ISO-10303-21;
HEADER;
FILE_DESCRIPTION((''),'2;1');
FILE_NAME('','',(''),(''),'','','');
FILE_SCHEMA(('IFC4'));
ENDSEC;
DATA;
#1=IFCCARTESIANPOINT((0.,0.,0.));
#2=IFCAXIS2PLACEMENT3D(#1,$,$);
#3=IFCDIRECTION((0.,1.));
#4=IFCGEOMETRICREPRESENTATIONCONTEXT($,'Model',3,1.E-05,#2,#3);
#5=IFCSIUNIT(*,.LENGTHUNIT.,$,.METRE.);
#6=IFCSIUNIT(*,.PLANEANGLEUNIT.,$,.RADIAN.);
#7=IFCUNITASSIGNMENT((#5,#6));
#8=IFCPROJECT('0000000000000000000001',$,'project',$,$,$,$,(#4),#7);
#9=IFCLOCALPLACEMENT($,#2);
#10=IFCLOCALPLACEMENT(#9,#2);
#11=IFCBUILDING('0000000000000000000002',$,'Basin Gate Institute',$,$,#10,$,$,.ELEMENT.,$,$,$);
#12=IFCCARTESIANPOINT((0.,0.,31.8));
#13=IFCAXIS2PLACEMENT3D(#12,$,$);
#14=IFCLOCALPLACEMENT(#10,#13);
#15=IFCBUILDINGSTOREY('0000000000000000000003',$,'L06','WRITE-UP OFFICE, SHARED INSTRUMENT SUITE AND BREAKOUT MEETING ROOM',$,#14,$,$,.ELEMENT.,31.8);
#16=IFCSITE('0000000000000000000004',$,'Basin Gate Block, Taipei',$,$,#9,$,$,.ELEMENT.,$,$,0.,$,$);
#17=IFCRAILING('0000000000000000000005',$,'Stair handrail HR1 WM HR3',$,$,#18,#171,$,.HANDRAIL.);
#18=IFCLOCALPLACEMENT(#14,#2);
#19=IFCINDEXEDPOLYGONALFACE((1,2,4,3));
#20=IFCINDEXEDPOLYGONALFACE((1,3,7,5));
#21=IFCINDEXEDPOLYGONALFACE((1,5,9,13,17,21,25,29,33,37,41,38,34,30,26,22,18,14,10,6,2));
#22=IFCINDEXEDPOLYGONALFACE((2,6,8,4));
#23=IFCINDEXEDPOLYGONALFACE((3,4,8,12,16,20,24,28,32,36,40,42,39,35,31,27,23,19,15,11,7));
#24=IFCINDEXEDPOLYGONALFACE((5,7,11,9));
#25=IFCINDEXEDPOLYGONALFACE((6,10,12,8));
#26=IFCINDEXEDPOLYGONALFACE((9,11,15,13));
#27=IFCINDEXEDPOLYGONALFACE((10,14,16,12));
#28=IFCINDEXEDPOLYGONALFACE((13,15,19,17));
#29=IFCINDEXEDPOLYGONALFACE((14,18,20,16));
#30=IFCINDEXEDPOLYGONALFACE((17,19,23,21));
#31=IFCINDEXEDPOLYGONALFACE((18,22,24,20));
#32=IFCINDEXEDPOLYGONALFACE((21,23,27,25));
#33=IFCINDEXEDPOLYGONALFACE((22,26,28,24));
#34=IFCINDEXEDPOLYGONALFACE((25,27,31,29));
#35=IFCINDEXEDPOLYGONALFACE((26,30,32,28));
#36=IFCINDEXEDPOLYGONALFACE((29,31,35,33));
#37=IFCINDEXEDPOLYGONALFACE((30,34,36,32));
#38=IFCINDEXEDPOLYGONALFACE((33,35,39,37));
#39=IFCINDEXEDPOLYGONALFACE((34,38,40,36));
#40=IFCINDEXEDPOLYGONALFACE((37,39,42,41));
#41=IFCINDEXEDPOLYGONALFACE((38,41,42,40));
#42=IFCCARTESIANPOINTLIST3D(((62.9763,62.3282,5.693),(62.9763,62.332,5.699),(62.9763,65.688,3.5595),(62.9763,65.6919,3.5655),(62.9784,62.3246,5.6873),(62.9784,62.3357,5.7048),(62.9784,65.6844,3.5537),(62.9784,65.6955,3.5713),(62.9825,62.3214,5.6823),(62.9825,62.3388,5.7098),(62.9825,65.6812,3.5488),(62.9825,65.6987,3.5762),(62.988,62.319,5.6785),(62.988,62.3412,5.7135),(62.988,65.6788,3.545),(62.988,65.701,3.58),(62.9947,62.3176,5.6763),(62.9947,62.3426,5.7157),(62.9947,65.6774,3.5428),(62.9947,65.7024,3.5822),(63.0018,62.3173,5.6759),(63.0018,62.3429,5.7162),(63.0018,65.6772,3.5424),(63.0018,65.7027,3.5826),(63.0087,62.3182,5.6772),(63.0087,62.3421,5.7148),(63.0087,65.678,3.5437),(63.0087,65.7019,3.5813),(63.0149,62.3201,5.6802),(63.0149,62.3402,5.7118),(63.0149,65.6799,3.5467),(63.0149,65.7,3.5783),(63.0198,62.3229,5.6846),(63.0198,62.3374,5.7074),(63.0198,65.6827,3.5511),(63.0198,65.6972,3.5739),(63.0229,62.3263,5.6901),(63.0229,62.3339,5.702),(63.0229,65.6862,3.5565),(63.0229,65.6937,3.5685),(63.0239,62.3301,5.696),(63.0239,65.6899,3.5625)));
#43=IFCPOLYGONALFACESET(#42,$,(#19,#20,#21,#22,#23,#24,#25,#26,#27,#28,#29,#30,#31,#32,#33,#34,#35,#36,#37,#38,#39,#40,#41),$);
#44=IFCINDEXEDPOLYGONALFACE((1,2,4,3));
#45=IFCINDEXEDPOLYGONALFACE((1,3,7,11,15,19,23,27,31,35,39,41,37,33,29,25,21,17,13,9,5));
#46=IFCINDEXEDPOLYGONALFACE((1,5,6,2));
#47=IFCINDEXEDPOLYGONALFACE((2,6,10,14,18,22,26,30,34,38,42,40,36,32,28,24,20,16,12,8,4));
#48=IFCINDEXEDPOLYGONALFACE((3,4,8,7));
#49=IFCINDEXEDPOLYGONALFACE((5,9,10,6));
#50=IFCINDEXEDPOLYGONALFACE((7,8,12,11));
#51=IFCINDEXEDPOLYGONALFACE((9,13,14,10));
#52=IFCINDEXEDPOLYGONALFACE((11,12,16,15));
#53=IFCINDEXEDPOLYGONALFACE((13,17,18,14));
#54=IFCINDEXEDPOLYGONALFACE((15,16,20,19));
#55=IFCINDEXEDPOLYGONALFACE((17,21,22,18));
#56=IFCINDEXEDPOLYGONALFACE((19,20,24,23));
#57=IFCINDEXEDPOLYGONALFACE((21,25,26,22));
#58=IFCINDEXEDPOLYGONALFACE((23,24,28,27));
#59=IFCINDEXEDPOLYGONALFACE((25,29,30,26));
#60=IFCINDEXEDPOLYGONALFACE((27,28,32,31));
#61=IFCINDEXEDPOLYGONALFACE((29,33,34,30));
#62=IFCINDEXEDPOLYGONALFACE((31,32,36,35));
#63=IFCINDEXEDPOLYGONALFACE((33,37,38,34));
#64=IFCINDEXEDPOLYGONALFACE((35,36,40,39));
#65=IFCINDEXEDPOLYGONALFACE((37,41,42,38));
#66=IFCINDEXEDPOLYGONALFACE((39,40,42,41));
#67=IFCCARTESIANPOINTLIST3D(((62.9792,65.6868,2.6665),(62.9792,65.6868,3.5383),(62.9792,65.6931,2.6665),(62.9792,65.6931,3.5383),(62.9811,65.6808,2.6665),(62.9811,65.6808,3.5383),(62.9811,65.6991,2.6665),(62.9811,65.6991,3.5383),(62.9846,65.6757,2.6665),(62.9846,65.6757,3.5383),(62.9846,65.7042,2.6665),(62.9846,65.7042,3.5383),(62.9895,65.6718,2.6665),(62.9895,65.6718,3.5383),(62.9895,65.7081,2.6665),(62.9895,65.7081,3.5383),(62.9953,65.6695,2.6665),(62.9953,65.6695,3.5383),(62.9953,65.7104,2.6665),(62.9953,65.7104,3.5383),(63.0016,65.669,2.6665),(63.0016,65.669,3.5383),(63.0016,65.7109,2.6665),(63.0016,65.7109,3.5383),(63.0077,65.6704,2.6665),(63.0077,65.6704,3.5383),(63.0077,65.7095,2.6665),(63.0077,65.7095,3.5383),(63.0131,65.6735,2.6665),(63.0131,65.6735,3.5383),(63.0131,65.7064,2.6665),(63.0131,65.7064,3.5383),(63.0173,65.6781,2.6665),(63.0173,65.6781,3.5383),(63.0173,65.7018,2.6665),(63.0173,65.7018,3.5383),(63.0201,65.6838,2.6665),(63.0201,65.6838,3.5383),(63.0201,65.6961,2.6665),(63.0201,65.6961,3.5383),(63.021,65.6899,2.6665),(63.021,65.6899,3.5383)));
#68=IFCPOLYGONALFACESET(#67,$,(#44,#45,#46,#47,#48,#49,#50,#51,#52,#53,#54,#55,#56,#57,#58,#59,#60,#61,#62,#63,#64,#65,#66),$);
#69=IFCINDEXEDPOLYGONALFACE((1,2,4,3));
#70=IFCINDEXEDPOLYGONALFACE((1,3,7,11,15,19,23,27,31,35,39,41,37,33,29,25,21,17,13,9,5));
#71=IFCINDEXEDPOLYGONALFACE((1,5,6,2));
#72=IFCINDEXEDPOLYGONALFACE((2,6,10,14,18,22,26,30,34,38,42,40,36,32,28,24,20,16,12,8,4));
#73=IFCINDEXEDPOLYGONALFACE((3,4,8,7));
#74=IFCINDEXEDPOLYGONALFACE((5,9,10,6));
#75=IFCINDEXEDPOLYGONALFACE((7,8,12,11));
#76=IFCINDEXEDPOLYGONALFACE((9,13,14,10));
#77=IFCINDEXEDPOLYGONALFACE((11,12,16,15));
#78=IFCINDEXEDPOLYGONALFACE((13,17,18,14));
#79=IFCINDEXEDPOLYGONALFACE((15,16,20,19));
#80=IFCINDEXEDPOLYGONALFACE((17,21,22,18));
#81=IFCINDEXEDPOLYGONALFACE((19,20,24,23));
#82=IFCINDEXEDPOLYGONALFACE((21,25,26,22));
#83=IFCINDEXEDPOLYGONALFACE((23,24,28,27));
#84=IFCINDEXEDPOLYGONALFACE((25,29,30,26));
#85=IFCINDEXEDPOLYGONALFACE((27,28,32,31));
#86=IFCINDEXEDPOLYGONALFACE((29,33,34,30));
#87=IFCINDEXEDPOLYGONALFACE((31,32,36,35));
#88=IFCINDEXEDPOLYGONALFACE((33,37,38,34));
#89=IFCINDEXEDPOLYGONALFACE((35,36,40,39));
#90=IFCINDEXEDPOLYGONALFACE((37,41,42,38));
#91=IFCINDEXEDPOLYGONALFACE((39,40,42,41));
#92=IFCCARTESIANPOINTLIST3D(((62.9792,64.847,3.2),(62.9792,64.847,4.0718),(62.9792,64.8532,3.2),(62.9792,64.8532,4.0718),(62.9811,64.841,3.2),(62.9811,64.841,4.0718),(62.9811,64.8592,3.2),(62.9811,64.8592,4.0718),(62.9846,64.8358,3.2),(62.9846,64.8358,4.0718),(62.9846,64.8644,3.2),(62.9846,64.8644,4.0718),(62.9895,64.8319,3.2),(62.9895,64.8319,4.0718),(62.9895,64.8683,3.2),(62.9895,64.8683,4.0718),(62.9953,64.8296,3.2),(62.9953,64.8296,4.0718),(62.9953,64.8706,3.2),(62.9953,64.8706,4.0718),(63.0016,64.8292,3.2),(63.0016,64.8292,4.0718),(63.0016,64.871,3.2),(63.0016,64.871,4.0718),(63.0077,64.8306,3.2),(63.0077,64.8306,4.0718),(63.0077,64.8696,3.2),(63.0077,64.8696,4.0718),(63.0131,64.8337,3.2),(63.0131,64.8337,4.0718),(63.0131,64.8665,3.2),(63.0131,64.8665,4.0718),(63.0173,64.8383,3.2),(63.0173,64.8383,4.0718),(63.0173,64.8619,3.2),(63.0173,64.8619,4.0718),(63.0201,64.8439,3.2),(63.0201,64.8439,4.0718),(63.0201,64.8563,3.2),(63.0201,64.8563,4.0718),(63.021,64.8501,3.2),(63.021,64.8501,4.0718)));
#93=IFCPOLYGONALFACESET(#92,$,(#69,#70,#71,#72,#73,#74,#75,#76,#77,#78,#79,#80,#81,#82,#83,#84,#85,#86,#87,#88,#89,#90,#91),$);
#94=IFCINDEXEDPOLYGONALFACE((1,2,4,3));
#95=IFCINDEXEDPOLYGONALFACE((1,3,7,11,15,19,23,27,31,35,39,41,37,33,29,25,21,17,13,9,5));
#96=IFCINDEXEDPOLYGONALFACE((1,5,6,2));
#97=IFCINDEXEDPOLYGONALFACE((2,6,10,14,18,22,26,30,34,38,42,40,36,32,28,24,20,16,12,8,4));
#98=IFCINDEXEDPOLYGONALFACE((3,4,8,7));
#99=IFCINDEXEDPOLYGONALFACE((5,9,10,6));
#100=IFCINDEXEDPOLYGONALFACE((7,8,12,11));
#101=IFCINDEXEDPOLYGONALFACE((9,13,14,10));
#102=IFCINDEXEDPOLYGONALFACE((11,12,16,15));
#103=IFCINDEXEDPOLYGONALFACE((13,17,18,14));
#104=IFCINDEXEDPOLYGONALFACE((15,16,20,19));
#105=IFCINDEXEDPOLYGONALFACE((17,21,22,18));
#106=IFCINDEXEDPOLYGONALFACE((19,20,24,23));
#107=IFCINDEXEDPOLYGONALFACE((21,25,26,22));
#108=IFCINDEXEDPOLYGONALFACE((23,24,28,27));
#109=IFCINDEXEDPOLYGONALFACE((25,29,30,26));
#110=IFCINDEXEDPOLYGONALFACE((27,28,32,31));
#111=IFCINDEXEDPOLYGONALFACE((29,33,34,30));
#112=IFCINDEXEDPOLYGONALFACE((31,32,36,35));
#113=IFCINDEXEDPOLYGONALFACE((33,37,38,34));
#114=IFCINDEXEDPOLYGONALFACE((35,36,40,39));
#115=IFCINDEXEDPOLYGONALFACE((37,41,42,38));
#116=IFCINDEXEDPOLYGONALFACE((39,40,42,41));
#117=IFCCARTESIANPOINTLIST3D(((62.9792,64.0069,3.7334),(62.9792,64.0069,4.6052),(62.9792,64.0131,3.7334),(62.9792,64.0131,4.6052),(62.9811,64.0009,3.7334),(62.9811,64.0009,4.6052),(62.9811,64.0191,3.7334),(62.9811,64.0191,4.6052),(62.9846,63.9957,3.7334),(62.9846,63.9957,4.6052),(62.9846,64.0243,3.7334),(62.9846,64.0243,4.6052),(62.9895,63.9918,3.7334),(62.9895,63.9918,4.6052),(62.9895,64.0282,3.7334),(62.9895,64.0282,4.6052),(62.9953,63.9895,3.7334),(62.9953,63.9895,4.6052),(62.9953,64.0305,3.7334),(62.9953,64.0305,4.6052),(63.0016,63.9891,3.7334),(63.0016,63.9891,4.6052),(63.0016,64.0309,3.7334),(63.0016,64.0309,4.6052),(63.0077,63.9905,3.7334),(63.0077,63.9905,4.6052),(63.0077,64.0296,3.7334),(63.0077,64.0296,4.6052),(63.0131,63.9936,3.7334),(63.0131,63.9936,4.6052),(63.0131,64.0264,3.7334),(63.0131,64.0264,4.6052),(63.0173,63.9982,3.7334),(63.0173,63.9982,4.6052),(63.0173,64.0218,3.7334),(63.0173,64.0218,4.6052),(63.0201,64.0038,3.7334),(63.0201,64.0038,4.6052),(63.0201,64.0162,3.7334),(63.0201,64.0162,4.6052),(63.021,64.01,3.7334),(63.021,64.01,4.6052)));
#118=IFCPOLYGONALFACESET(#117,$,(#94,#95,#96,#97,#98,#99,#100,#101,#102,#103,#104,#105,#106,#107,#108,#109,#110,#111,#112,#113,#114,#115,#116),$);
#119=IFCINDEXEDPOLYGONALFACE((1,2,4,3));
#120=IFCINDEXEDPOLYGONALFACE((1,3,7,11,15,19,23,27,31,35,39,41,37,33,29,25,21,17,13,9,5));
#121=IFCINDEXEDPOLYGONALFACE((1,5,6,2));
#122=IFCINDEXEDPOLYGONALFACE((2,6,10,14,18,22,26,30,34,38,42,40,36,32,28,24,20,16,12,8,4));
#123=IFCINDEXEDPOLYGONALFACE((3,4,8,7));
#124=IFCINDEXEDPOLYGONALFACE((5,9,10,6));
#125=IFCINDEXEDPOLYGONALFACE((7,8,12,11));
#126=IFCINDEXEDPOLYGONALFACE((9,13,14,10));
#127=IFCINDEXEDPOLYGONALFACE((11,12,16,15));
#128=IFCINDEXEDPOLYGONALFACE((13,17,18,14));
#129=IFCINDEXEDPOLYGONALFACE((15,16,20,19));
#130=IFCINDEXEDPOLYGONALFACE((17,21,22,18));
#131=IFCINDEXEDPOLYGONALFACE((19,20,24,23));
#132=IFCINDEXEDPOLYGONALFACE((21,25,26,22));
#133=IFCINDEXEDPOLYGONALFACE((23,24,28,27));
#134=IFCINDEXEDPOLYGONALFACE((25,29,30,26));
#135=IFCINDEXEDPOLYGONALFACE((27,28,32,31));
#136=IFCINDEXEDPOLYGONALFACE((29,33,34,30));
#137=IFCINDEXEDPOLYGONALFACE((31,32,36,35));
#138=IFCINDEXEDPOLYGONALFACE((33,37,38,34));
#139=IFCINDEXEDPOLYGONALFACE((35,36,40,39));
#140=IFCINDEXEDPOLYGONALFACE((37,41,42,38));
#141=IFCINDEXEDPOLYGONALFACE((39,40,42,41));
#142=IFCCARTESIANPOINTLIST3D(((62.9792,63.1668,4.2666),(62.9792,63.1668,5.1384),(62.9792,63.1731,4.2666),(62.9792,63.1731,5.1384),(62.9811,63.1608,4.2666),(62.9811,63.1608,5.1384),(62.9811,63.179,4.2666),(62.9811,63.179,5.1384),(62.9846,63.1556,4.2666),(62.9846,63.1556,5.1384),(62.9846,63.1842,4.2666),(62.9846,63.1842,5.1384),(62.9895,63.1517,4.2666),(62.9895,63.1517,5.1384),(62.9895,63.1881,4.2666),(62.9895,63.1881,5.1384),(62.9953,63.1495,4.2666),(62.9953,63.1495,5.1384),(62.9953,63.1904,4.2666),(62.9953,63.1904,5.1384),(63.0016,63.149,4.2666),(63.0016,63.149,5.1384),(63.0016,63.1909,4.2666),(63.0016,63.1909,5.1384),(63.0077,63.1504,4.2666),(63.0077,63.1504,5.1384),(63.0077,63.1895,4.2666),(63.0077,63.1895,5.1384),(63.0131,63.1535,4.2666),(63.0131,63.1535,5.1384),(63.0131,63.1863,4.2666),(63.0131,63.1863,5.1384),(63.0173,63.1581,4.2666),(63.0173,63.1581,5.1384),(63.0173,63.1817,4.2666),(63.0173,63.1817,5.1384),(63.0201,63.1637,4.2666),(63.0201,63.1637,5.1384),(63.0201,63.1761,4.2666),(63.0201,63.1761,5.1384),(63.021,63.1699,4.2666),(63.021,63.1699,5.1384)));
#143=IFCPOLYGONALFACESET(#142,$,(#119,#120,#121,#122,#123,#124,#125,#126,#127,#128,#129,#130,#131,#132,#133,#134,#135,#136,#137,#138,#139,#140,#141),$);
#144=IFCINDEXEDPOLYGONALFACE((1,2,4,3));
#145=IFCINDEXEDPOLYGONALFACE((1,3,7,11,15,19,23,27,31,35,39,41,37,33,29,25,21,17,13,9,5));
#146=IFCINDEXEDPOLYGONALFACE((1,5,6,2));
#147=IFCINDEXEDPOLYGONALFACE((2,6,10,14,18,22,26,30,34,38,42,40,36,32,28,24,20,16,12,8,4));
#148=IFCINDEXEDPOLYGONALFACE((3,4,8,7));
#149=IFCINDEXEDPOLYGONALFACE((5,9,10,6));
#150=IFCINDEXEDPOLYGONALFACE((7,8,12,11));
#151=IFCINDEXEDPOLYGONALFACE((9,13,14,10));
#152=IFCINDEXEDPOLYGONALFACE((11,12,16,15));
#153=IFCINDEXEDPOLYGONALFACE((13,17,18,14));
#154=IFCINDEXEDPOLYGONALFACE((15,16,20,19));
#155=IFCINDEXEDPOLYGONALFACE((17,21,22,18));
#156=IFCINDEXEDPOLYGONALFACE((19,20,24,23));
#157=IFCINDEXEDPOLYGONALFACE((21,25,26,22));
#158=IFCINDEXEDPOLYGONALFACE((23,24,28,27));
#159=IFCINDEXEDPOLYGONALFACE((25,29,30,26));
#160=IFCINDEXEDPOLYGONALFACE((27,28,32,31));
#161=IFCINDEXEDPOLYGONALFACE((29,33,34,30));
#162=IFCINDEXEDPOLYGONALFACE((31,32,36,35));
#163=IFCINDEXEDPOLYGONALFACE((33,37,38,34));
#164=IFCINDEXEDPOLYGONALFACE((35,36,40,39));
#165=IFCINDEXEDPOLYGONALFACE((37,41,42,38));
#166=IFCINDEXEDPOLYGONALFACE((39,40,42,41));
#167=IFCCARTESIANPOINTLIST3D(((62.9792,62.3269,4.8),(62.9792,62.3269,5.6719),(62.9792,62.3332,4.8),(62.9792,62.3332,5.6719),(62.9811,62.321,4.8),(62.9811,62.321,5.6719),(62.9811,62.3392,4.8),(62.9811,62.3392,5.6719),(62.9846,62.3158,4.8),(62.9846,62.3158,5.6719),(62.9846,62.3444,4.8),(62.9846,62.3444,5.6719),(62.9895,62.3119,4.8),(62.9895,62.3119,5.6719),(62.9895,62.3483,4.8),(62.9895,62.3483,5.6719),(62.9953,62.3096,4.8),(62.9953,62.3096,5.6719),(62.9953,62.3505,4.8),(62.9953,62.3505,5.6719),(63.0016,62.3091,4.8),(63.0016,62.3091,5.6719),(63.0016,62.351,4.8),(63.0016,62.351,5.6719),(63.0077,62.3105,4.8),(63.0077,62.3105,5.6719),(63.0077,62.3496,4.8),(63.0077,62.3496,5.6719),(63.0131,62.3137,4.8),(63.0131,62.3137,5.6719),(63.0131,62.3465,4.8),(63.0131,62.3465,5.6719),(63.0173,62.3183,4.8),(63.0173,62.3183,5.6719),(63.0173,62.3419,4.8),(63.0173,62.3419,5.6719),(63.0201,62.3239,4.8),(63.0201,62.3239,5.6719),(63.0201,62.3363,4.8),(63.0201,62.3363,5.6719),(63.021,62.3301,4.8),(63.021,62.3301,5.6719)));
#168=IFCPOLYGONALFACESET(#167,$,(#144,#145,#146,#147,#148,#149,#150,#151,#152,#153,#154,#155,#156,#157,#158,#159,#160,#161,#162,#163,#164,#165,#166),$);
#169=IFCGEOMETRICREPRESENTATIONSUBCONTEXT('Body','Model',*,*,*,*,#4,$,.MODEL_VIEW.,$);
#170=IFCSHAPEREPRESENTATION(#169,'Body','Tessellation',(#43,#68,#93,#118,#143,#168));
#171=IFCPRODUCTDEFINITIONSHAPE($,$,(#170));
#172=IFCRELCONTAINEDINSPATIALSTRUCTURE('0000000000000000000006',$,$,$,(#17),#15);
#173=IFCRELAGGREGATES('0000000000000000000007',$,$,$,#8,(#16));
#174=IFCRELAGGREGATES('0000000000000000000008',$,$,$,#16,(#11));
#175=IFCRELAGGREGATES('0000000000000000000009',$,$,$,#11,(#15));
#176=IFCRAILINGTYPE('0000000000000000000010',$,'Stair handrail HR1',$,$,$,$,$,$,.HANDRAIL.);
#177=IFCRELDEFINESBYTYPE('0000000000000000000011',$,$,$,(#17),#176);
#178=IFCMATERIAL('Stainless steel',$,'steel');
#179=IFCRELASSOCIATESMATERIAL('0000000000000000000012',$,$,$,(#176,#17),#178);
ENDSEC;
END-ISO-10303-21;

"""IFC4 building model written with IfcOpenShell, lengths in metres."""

from ifc_helpers import new_model, si_unit, direction, frame, origin, origin_2d, place, context, subcontext, project, spatial, circle, extrude, material, type_object, element, save


model = new_model("IFC4")

# Units and contexts
model_context = context("Model", 3, precision=1e-05, world=origin(), true_north=direction((0.0, 1.0)))
body_context = subcontext(model_context, "Body", "Model", "MODEL_VIEW")
ifc_project = project(units=[si_unit("LENGTHUNIT", "METRE"), si_unit("PLANEANGLEUNIT", "RADIAN")], contexts=[model_context])

# Site, building, storey
site_placement = place(None, origin())
site = spatial("IfcSite", under=ifc_project, at=site_placement, Name="Basin Gate Block, Taipei", CompositionType="ELEMENT", RefElevation=0.0)
building_placement = place(site_placement, origin())
building = spatial("IfcBuilding", under=site, at=building_placement, Name="Basin Gate Institute", CompositionType="ELEMENT")
storey_placement = place(building_placement, frame((0.0, 0.0, 31.8)))
storey = spatial("IfcBuildingStorey", under=building, at=storey_placement, Name="L06", Description="WRITE-UP OFFICE, SHARED INSTRUMENT SUITE AND BREAKOUT MEETING ROOM", CompositionType="ELEMENT", Elevation=31.8)

# Railing
ifc_material_1 = material(Name="Stainless steel", Category="steel")
railing_type_1 = type_object("IfcRailingType", Name="Stair handrail HR1", PredefinedType="HANDRAIL", material=ifc_material_1)
railing_1_placement = place(storey_placement, frame((63.0, 65.6899, 2.6665)))
element("IfcRailing", 1, at=railing_1_placement, inside=storey, type_object=railing_type_1, material=ifc_material_1, Name="Stair handrail HR1 WM HR3", PredefinedType="HANDRAIL", context=body_context, shape_type="SweptSolid", body=[
    extrude(circle(Radius=0.0239, at=origin_2d()), frame((0.0, 0.0, 0.896), z_axis=(0.0, -0.844179, 0.536062), x_axis=(1.0, 0.0, 0.0)), (0.0, 0.0, 1.0), 3.98),
    extrude(circle(Radius=0.021, at=origin_2d()), origin(), (0.0, 0.0, 1.0), 0.8718),
    extrude(circle(Radius=0.021, at=origin_2d()), frame((0.0, -0.8398, 0.5334)), (0.0, 0.0, 1.0), 0.8718),
    extrude(circle(Radius=0.021, at=origin_2d()), frame((0.0, -1.6799, 1.0669)), (0.0, 0.0, 1.0), 0.8718),
    extrude(circle(Radius=0.021, at=origin_2d()), frame((0.0, -2.52, 1.6001)), (0.0, 0.0, 1.0), 0.8718),
    extrude(circle(Radius=0.021, at=origin_2d()), frame((0.0, -3.3599, 2.1335)), (0.0, 0.0, 1.0), 0.8718),
])

save(model, "model.ifc")
